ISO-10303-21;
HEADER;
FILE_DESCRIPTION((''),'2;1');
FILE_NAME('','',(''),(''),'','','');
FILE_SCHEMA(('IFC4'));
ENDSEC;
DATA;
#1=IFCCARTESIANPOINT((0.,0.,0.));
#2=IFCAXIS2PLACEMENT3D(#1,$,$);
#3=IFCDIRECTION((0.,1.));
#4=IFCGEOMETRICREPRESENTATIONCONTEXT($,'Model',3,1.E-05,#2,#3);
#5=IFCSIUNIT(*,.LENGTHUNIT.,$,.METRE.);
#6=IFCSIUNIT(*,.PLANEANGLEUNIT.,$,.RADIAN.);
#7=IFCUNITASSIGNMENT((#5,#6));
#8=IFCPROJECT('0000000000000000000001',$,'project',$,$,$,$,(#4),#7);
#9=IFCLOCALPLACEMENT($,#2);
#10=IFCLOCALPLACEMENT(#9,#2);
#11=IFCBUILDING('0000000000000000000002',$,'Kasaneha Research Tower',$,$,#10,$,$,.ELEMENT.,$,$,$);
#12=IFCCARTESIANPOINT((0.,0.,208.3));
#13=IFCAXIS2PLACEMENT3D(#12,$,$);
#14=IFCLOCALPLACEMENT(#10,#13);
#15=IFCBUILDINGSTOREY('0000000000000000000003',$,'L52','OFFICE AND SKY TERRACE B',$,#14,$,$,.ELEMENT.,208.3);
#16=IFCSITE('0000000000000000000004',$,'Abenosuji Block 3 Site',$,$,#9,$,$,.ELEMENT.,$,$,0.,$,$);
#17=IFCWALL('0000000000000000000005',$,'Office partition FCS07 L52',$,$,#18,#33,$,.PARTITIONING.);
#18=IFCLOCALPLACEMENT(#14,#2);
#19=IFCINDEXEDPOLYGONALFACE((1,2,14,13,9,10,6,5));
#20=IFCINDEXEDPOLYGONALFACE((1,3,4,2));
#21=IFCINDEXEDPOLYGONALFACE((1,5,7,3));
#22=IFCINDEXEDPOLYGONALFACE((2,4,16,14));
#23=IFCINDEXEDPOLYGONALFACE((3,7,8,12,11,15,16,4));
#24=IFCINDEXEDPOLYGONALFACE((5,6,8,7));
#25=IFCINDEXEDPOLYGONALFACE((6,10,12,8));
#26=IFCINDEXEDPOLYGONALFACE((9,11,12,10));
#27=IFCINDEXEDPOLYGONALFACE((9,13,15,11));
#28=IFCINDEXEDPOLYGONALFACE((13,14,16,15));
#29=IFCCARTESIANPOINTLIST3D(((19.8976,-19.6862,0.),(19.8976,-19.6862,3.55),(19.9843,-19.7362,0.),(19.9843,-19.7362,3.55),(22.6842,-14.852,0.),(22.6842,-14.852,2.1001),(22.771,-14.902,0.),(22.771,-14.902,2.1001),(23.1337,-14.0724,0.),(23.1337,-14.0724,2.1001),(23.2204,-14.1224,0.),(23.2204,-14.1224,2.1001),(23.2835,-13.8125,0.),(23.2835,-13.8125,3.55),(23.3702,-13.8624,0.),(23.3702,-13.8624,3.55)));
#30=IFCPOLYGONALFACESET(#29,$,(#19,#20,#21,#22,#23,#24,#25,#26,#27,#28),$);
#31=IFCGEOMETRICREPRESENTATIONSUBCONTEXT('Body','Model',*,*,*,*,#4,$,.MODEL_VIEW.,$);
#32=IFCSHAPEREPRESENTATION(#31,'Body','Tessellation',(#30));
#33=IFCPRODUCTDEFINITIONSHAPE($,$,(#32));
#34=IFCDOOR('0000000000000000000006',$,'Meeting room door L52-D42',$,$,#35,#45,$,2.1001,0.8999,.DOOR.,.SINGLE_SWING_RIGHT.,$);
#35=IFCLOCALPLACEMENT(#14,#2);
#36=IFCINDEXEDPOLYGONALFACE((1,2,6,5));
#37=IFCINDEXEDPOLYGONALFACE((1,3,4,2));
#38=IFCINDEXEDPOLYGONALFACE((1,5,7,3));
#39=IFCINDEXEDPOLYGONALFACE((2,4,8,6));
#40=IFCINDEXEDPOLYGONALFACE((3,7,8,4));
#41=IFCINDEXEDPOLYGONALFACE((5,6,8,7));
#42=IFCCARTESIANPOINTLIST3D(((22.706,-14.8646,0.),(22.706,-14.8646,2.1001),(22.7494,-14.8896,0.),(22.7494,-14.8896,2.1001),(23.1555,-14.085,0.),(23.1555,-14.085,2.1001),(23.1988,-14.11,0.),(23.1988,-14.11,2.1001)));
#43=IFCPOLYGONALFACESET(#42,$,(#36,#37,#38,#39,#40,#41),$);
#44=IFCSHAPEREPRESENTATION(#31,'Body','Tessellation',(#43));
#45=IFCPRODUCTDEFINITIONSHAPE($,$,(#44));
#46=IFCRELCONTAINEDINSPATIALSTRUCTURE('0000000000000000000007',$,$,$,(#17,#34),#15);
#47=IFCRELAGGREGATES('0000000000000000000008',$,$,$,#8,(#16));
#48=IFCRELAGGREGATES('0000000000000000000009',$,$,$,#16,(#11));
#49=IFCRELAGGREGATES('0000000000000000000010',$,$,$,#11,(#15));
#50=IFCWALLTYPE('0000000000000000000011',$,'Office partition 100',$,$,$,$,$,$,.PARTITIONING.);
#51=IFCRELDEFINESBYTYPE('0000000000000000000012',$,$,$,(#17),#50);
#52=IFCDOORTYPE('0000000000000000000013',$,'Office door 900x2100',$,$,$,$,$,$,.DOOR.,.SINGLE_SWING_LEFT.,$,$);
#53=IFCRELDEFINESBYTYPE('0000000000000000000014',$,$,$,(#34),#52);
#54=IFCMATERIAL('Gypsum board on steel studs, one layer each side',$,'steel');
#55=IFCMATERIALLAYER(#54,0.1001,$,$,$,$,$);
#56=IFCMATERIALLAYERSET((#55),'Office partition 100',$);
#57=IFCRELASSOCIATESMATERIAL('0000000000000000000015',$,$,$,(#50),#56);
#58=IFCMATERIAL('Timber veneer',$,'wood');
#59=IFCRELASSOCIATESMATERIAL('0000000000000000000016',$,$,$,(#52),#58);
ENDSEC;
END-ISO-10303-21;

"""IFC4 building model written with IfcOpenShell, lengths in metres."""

from ifc_helpers import new_model, si_unit, direction, frame, frame_2d, origin, place, context, subcontext, project, spatial, rectangle, extrude, material, layer, layer_set, type_object, element, fill, save


model = new_model("IFC4")

# Units and contexts
model_context = context("Model", 3, precision=1e-05, world=origin(), true_north=direction((0.0, 1.0)))
body_context = subcontext(model_context, "Body", "Model", "MODEL_VIEW")
ifc_project = project(units=[si_unit("LENGTHUNIT", "METRE"), si_unit("PLANEANGLEUNIT", "RADIAN")], contexts=[model_context])

# Site, building, storey
site_placement = place(None, origin())
site = spatial("IfcSite", under=ifc_project, at=site_placement, Name="Abenosuji Block 3 Site", CompositionType="ELEMENT", RefElevation=0.0)
building_placement = place(site_placement, origin())
building = spatial("IfcBuilding", under=site, at=building_placement, Name="Kasaneha Research Tower", CompositionType="ELEMENT")
storey_placement = place(building_placement, frame((0.0, 0.0, 208.3)))
storey = spatial("IfcBuildingStorey", under=building, at=storey_placement, Name="L52", Description="OFFICE AND SKY TERRACE B", CompositionType="ELEMENT", Elevation=208.3)

# Shared definitions
ifc_material_1 = material(Name="Gypsum board on steel studs, one layer each side", Category="steel")
ifc_layer_1 = layer(ifc_material_1, 0.1001)
ifc_layer_set_1 = layer_set([ifc_layer_1], Name="Office partition 100")
wall_type = type_object("IfcWallType", Name="Office partition 100", PredefinedType="PARTITIONING", material=ifc_layer_set_1)

# Wall, opening, door
wall_1_placement = place(storey_placement, frame((19.9409, -19.7112, 0.0), z_axis=(0.0, 0.0, 1.0), x_axis=(0.49942, 0.86636, 0.0)))
wall_1 = element("IfcWall", 1, at=wall_1_placement, inside=storey, type_object=wall_type, Name="Office partition FCS07 L52", PredefinedType="PARTITIONING", context=body_context, shape_type="SweptSolid", body=[
    extrude(rectangle(XDim=6.7798, YDim=0.1001, at=frame_2d((3.3899, 0.0))), origin(), (0.0, 0.0, 1.0), 3.55),
])
opening_placement = place(wall_1_placement, frame((5.5798, 0.0, 0.0)))
opening = element("IfcOpeningElement", 2, at=opening_placement, cuts=wall_1, PredefinedType="OPENING", context=body_context, shape_type="SweptSolid", body=[
    extrude(rectangle(XDim=0.8999, YDim=2.1001, at=frame_2d((0.45, 1.05))), frame((0.0, 0.0601, 0.0), z_axis=(0.0, -1.0, 0.0), x_axis=(1.0, 0.0, 0.0)), (0.0, 0.0, 1.0), 0.1201),
])
ifc_material_2 = material(Name="Timber veneer", Category="wood")
door_type = type_object("IfcDoorType", Name="Office door 900x2100", OperationType="SINGLE_SWING_LEFT", PredefinedType="DOOR", material=ifc_material_2)
door_placement = place(opening_placement, origin())
door = element("IfcDoor", 3, at=door_placement, inside=storey, type_object=door_type, Name="Meeting room door L52-D42", OperationType="SINGLE_SWING_RIGHT", OverallHeight=2.1001, OverallWidth=0.8999, PredefinedType="DOOR", context=body_context, shape_type="SweptSolid", body=[
    extrude(rectangle(XDim=0.8999, YDim=2.1001, at=frame_2d((0.45, 1.05))), frame((0.0, 0.0249, 0.0), z_axis=(0.0, -1.0, 0.0), x_axis=(1.0, 0.0, 0.0)), (0.0, 0.0, 1.0), 0.05),
])
fill(opening, door)

save(model, "model.ifc")
